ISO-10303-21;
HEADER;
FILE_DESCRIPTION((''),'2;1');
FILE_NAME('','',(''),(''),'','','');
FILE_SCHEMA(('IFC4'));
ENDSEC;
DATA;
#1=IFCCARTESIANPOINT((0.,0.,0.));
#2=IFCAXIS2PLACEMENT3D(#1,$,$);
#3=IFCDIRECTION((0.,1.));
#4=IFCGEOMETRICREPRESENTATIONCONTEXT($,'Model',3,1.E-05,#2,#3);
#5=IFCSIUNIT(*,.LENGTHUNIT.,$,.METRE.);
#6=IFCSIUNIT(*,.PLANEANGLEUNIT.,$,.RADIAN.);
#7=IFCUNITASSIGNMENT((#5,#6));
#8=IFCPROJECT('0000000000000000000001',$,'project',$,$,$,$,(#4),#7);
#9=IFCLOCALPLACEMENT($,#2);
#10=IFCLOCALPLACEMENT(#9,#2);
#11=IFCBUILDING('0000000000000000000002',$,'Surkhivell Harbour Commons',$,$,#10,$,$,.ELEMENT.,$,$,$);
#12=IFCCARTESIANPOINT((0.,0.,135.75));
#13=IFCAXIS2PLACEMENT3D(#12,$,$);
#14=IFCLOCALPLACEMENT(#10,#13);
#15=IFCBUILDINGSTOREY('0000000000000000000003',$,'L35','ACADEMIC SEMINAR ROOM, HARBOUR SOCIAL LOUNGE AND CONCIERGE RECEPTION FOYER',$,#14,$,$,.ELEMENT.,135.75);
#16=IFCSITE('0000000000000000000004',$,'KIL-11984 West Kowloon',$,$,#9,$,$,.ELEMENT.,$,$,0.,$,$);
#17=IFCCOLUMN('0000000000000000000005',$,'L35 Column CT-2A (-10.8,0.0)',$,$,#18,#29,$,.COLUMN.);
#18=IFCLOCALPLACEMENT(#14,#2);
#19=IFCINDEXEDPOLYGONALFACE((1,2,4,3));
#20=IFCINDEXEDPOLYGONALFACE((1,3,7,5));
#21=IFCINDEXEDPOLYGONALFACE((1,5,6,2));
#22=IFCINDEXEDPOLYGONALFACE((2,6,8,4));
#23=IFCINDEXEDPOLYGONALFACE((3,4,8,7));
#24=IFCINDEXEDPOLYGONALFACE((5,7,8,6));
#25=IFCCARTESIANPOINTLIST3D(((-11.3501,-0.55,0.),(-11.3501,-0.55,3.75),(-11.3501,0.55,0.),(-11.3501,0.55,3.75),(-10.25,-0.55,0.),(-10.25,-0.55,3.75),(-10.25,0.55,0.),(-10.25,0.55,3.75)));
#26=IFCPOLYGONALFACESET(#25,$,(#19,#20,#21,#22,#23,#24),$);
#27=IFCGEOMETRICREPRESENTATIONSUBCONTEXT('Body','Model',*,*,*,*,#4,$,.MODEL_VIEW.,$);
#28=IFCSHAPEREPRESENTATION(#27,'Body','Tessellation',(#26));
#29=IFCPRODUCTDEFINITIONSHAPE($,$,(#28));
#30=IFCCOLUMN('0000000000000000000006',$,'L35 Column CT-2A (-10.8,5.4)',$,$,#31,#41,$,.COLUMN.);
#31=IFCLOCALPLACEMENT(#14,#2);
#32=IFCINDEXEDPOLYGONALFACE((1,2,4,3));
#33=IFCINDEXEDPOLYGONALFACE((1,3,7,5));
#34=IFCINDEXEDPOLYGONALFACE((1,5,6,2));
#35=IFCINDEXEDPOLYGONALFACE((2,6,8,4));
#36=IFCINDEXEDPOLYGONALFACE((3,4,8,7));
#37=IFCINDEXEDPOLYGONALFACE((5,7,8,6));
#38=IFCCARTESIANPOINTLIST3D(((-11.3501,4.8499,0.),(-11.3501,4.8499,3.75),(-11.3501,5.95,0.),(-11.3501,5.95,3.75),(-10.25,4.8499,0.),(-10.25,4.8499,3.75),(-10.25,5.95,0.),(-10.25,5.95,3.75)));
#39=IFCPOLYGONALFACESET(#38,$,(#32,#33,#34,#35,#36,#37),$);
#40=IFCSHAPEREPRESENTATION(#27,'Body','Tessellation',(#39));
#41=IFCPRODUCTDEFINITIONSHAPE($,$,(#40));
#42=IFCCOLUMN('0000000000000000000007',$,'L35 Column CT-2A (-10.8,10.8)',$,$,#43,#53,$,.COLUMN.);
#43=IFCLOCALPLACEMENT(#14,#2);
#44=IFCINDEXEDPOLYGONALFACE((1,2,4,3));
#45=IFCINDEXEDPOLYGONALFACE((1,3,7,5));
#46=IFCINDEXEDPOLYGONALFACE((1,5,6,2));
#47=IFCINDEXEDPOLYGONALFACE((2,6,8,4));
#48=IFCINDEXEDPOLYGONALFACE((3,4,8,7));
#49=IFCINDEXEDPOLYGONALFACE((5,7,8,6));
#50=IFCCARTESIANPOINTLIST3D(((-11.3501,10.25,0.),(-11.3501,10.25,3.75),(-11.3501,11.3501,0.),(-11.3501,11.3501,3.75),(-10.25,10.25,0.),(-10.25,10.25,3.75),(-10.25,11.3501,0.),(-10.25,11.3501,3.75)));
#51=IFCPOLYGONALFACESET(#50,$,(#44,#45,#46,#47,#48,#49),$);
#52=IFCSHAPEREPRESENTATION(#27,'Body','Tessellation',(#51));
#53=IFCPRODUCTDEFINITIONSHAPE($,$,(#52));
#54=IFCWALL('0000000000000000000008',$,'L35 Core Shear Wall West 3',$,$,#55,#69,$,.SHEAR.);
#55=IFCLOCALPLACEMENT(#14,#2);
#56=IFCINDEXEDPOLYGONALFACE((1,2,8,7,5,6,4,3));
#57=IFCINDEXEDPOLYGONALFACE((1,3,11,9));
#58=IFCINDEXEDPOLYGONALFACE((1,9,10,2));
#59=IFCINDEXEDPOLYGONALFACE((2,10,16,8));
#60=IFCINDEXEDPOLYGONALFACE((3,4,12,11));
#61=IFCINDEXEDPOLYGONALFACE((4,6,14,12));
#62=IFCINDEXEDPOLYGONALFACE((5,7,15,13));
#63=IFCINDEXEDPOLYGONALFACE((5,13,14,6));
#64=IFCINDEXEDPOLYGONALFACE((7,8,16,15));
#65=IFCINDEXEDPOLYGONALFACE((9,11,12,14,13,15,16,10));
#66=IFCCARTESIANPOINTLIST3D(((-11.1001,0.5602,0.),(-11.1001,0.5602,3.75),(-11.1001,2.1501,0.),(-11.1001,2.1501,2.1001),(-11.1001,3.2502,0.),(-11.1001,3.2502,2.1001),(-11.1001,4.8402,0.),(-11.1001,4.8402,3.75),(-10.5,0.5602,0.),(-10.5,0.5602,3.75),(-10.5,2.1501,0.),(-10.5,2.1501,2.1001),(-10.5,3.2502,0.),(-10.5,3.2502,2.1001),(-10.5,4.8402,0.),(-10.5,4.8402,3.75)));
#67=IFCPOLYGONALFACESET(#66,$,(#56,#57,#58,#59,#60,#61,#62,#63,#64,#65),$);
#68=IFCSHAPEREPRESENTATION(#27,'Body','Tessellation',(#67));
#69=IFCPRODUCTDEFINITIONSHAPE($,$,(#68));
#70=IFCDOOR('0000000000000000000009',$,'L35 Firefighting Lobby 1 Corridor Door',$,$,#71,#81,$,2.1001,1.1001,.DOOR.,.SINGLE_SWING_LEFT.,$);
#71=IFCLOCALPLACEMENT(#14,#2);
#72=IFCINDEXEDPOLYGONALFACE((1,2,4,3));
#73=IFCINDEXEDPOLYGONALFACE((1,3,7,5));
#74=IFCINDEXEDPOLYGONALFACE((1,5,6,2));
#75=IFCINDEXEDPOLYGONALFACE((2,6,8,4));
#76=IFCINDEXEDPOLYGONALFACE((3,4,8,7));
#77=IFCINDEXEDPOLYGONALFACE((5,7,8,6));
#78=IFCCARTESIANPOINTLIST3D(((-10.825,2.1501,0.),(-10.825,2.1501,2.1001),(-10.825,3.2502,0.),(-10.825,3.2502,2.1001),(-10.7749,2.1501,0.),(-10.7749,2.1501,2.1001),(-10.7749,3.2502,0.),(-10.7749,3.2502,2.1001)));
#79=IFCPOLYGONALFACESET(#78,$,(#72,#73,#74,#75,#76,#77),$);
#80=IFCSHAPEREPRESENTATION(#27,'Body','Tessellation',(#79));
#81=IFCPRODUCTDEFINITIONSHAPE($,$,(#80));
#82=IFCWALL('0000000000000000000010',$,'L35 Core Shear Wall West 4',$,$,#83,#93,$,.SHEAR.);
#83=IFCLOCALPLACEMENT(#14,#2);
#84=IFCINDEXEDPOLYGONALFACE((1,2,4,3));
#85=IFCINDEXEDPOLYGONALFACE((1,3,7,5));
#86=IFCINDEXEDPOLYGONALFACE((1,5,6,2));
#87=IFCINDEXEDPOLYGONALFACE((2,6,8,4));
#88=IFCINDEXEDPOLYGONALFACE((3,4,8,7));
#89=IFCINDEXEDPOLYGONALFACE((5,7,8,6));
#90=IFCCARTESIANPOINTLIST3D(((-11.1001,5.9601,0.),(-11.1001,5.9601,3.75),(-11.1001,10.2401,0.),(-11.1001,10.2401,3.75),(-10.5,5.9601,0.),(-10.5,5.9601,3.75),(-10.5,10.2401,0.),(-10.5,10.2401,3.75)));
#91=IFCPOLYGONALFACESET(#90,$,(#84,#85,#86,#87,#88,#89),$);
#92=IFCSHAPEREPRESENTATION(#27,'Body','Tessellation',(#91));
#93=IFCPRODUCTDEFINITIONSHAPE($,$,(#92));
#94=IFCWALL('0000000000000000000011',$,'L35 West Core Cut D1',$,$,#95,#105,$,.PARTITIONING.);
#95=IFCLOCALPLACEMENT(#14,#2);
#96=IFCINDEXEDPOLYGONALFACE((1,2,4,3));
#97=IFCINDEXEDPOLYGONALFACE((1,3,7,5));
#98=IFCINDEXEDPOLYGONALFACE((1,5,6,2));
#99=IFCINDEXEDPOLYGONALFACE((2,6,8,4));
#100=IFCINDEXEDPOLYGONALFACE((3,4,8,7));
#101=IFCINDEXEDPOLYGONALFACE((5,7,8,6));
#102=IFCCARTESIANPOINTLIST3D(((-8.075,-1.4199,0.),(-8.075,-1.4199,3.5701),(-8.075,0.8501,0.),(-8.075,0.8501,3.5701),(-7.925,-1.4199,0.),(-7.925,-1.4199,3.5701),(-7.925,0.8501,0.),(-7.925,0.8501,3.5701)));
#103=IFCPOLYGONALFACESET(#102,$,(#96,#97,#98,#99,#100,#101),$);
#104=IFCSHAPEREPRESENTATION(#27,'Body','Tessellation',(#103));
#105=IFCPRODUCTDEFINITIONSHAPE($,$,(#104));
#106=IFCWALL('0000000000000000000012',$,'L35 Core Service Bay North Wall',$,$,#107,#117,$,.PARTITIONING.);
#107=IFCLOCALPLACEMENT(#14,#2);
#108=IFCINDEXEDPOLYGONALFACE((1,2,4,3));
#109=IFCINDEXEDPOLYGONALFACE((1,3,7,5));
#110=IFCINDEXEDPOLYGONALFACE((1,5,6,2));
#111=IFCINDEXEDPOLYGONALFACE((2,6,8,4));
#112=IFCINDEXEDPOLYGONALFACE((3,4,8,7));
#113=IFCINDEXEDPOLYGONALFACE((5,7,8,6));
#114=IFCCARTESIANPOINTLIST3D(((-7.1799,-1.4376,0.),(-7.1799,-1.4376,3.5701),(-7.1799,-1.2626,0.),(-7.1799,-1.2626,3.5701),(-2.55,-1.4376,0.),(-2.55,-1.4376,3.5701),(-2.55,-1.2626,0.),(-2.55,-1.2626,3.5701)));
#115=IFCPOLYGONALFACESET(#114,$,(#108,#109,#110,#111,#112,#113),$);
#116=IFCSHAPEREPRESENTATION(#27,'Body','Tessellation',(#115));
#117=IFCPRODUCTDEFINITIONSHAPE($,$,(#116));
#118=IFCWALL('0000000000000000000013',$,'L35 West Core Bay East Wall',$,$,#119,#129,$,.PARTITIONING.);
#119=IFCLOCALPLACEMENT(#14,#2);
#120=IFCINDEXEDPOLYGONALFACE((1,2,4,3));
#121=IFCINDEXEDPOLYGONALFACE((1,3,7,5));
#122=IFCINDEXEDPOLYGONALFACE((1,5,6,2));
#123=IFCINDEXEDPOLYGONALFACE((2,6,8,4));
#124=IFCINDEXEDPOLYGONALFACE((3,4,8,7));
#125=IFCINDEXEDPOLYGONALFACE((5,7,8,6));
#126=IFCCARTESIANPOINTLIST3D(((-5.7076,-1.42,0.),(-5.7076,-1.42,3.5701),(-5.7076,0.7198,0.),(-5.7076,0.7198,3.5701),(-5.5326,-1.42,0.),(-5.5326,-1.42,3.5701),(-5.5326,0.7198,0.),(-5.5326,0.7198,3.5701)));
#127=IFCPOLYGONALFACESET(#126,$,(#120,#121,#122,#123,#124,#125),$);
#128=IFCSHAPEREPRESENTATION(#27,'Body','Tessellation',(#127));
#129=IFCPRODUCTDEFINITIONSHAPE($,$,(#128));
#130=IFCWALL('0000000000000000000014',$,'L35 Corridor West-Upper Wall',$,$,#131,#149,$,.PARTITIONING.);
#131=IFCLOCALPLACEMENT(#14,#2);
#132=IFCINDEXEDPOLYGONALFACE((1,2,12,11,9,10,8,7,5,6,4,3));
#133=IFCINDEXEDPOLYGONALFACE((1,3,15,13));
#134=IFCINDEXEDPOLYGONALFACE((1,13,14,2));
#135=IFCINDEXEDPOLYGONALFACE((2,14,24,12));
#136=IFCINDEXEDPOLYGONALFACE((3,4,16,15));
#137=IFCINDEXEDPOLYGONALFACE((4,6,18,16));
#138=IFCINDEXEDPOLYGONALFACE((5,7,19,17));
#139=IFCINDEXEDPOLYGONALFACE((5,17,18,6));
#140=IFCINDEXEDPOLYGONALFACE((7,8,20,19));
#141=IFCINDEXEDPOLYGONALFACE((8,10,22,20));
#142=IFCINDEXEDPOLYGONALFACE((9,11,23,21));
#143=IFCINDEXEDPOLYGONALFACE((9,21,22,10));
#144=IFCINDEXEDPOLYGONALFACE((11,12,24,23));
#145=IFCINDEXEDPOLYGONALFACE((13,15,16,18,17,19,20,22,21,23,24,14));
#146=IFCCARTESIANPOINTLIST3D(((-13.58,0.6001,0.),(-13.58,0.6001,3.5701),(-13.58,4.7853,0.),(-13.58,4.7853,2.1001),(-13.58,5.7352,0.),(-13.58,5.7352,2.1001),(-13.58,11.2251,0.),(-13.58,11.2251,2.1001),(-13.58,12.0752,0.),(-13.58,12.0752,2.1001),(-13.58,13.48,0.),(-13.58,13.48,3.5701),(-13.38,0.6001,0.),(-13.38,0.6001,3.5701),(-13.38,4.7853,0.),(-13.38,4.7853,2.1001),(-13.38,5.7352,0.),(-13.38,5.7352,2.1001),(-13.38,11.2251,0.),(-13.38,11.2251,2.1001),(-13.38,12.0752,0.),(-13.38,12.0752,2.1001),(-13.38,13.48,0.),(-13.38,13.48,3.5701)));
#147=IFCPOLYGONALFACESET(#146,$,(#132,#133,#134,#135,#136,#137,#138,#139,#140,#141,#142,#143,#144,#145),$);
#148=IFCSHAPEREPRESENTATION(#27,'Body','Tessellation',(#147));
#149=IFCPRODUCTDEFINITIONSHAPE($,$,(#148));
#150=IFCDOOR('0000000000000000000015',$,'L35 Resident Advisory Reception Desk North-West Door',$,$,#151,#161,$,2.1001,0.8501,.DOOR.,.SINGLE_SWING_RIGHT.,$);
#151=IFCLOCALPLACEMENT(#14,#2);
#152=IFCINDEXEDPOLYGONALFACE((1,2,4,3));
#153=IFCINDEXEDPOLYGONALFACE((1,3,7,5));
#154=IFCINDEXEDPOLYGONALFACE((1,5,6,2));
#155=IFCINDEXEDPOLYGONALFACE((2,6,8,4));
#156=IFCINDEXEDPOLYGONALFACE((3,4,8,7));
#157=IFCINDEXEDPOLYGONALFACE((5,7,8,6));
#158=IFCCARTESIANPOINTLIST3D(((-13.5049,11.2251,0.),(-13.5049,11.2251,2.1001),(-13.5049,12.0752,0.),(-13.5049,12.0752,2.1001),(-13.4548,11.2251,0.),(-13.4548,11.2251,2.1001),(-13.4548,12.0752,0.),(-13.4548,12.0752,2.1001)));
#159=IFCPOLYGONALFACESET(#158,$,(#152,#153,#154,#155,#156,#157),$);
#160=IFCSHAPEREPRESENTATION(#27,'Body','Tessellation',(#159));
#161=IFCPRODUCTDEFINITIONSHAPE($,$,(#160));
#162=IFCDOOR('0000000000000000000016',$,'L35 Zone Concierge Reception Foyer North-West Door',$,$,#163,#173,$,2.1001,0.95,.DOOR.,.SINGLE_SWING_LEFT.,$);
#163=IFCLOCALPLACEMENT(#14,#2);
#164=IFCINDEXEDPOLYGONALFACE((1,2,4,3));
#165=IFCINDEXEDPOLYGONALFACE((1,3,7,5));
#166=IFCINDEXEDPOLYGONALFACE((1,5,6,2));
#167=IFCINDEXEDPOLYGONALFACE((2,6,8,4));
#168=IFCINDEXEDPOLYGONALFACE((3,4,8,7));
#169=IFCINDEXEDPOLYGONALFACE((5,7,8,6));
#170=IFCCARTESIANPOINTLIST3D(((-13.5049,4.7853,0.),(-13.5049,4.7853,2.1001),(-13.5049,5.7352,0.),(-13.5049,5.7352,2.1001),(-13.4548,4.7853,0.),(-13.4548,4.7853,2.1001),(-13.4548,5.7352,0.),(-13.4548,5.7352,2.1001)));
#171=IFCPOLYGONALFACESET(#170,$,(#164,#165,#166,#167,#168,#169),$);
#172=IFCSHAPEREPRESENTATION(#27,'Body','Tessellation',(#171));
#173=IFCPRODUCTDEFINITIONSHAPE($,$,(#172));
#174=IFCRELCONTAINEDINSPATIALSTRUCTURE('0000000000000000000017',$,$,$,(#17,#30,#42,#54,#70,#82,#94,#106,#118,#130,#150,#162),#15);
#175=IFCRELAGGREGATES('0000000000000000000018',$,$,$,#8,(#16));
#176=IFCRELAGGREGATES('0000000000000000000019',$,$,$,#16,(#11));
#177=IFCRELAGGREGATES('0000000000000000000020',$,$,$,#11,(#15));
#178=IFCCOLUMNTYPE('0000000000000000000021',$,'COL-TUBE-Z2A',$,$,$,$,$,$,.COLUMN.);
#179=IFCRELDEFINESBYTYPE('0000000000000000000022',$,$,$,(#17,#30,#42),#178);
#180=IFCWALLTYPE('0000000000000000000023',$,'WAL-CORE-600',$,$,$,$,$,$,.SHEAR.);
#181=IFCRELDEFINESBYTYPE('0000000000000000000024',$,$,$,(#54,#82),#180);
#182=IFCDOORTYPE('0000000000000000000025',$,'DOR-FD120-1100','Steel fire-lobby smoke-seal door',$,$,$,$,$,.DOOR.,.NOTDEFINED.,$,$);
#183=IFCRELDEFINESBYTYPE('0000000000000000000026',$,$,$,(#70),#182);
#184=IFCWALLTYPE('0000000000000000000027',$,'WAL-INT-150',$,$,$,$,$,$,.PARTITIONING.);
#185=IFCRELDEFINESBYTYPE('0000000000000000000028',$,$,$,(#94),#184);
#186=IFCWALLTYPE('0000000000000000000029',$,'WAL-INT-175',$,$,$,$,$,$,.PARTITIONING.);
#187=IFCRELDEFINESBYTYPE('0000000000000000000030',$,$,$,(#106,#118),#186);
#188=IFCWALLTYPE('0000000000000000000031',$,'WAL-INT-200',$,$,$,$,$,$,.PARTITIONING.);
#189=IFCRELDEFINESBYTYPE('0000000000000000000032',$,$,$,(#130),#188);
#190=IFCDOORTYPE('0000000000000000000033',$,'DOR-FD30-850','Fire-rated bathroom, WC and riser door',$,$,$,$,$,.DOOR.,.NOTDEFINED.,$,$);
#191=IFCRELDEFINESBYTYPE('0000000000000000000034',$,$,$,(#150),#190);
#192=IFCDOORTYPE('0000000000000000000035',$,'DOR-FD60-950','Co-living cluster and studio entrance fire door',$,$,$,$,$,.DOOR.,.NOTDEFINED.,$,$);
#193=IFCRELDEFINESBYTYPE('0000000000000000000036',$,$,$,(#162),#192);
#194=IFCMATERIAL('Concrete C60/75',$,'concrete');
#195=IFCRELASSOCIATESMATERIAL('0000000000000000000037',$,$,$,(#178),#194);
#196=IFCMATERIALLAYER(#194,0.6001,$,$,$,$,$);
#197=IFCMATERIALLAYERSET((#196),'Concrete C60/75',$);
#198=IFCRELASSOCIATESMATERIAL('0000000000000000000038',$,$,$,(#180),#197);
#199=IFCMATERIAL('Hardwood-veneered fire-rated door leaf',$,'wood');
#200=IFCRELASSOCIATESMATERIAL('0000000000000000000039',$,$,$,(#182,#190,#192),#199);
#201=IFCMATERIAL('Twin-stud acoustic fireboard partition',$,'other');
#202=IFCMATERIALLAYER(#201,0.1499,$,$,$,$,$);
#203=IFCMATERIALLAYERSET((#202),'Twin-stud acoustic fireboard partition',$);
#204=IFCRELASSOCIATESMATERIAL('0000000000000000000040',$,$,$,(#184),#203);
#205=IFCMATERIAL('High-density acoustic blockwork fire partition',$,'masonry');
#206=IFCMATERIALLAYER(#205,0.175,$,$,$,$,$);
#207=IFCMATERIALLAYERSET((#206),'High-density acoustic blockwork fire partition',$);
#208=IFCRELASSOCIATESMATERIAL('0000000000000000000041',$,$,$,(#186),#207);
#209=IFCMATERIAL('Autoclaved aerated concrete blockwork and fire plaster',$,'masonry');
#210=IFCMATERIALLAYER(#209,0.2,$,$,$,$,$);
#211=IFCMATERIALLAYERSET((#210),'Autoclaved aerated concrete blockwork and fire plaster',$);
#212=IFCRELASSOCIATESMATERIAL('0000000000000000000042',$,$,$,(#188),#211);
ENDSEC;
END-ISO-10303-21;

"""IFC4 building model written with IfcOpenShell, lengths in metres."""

from ifc_helpers import new_model, si_unit, direction, frame, frame_2d, origin, origin_2d, place, context, subcontext, project, spatial, rectangle, extrude, material, layer, layer_set, material_profile, profile_set, type_object, element, fill, save


model = new_model("IFC4")

# Units and contexts
model_context = context("Model", 3, precision=1e-05, world=origin(), true_north=direction((0.0, 1.0)))
body_context = subcontext(model_context, "Body", "Model", "MODEL_VIEW")
ifc_project = project(units=[si_unit("LENGTHUNIT", "METRE"), si_unit("PLANEANGLEUNIT", "RADIAN")], contexts=[model_context])

# Site, building, storey
site_placement = place(None, origin())
site = spatial("IfcSite", under=ifc_project, at=site_placement, Name="KIL-11984 West Kowloon", CompositionType="ELEMENT", RefElevation=0.0)
building_placement = place(site_placement, origin())
building = spatial("IfcBuilding", under=site, at=building_placement, Name="Surkhivell Harbour Commons", CompositionType="ELEMENT")
storey_placement = place(building_placement, frame((0.0, 0.0, 135.75)))
storey = spatial("IfcBuildingStorey", under=building, at=storey_placement, Name="L35", Description="ACADEMIC SEMINAR ROOM, HARBOUR SOCIAL LOUNGE AND CONCIERGE RECEPTION FOYER", CompositionType="ELEMENT", Elevation=135.75)

# Columns
ifc_material_1 = material(Name="Concrete C60/75", Category="concrete")
ifc_material_profile = material_profile(ifc_material_1, rectangle(XDim=1.1001, YDim=1.1001, at=origin_2d()), Name="RC-COL-1100x1100")
ifc_profile_set = profile_set([ifc_material_profile], Name="Concrete C60/75")
column_type = type_object("IfcColumnType", Name="COL-TUBE-Z2A", PredefinedType="COLUMN", material=ifc_profile_set)
for number, where, z_axis, x_axis, name in (
    (1, (-10.8, 0.0, 0.0), (0.0, 0.0, 1.0), (1.0, 0.0, 0.0), "L35 Column CT-2A (-10.8,0.0)"),
    (2, (-10.8, 5.3999, 0.0), (0.0, 0.0, 1.0), (1.0, 0.0, 0.0), "L35 Column CT-2A (-10.8,5.4)"),
    (3, (-10.8, 10.8, 0.0), (0.0, 0.0, 1.0), (1.0, 0.0, 0.0), "L35 Column CT-2A (-10.8,10.8)"),
):
    element("IfcColumn", number, at=place(storey_placement, frame(where, z_axis=z_axis, x_axis=x_axis)), inside=storey, type_object=column_type, Name=name, PredefinedType="COLUMN", context=body_context, shape_type="SweptSolid", body=[
        extrude(rectangle(XDim=1.1001, YDim=1.1001, at=origin_2d()), origin(), (0.0, 0.0, 1.0), 3.75),
    ])

# Wall, opening, door
ifc_layer_1 = layer(ifc_material_1, 0.6001)
ifc_layer_set_1 = layer_set([ifc_layer_1], Name="Concrete C60/75")
wall_type_1 = type_object("IfcWallType", Name="WAL-CORE-600", PredefinedType="SHEAR", material=ifc_layer_set_1)
wall_1_placement = place(storey_placement, frame((-10.8, 0.5601, 0.0), z_axis=(0.0, 0.0, 1.0), x_axis=(0.0, 1.0, 0.0)))
wall_1 = element("IfcWall", 4, at=wall_1_placement, inside=storey, type_object=wall_type_1, Name="L35 Core Shear Wall West 3", PredefinedType="SHEAR", context=body_context, shape_type="SweptSolid", body=[
    extrude(rectangle(XDim=4.28, YDim=0.6001, at=frame_2d((2.1401, 0.0))), origin(), (0.0, 0.0, 1.0), 3.75),
])
opening_1_placement = place(wall_1_placement, frame((1.5901, 0.0, 0.0)))
opening_1 = element("IfcOpeningElement", 5, at=opening_1_placement, cuts=wall_1, PredefinedType="OPENING", context=body_context, shape_type="SweptSolid", body=[
    extrude(rectangle(XDim=1.1001, YDim=2.1001, at=frame_2d((0.55, 1.05))), frame((0.0, 0.3101, 0.0), z_axis=(0.0, -1.0, 0.0), x_axis=(1.0, 0.0, 0.0)), (0.0, 0.0, 1.0), 0.6201),
])
ifc_material_2 = material(Name="Hardwood-veneered fire-rated door leaf", Category="wood")
door_type_1 = type_object("IfcDoorType", Name="DOR-FD120-1100", Description="Steel fire-lobby smoke-seal door", OperationType="NOTDEFINED", PredefinedType="DOOR", material=ifc_material_2)
door_1_placement = place(opening_1_placement, origin())
door_1 = element("IfcDoor", 6, at=door_1_placement, inside=storey, type_object=door_type_1, Name="L35 Firefighting Lobby 1 Corridor Door", OperationType="SINGLE_SWING_LEFT", OverallHeight=2.1001, OverallWidth=1.1001, PredefinedType="DOOR", context=body_context, shape_type="SweptSolid", body=[
    extrude(rectangle(XDim=1.1001, YDim=2.1001, at=frame_2d((0.55, 1.05))), frame((0.0, 0.0249, 0.0), z_axis=(0.0, -1.0, 0.0), x_axis=(1.0, 0.0, 0.0)), (0.0, 0.0, 1.0), 0.05),
])
fill(opening_1, door_1)

# Walls
wall_2_placement = place(storey_placement, frame((-10.8, 5.96, 0.0), z_axis=(0.0, 0.0, 1.0), x_axis=(0.0, 1.0, 0.0)))
element("IfcWall", 7, at=wall_2_placement, inside=storey, type_object=wall_type_1, Name="L35 Core Shear Wall West 4", PredefinedType="SHEAR", context=body_context, shape_type="SweptSolid", body=[
    extrude(rectangle(XDim=4.28, YDim=0.6001, at=frame_2d((2.1401, 0.0))), origin(), (0.0, 0.0, 1.0), 3.75),
])
ifc_material_3 = material(Name="Twin-stud acoustic fireboard partition", Category="other")
ifc_layer_2 = layer(ifc_material_3, 0.1499)
ifc_layer_set_2 = layer_set([ifc_layer_2], Name="Twin-stud acoustic fireboard partition")
wall_type_2 = type_object("IfcWallType", Name="WAL-INT-150", PredefinedType="PARTITIONING", material=ifc_layer_set_2)
wall_3_placement = place(storey_placement, frame((-8.0, -1.4199, 0.0), z_axis=(0.0, 0.0, 1.0), x_axis=(0.0, 1.0, 0.0)))
element("IfcWall", 8, at=wall_3_placement, inside=storey, type_object=wall_type_2, Name="L35 West Core Cut D1", PredefinedType="PARTITIONING", context=body_context, shape_type="SweptSolid", body=[
    extrude(rectangle(XDim=2.27, YDim=0.1499, at=frame_2d((1.135, 0.0))), origin(), (0.0, 0.0, 1.0), 3.5701),
])
ifc_material_4 = material(Name="High-density acoustic blockwork fire partition", Category="masonry")
ifc_layer_3 = layer(ifc_material_4, 0.175)
ifc_layer_set_3 = layer_set([ifc_layer_3], Name="High-density acoustic blockwork fire partition")
wall_type_3 = type_object("IfcWallType", Name="WAL-INT-175", PredefinedType="PARTITIONING", material=ifc_layer_set_3)
wall_4_placement = place(storey_placement, frame((-7.1799, -1.3501, 0.0), z_axis=(0.0, 0.0, 1.0), x_axis=(1.0, 0.0, 0.0)))
element("IfcWall", 9, at=wall_4_placement, inside=storey, type_object=wall_type_3, Name="L35 Core Service Bay North Wall", PredefinedType="PARTITIONING", context=body_context, shape_type="SweptSolid", body=[
    extrude(rectangle(XDim=4.6299, YDim=0.175, at=frame_2d((2.3149, 0.0))), origin(), (0.0, 0.0, 1.0), 3.5701),
])
wall_5_placement = place(storey_placement, frame((-5.6201, -1.4199, 0.0), z_axis=(0.0, 0.0, 1.0), x_axis=(0.0, 1.0, 0.0)))
element("IfcWall", 10, at=wall_5_placement, inside=storey, type_object=wall_type_3, Name="L35 West Core Bay East Wall", PredefinedType="PARTITIONING", context=body_context, shape_type="SweptSolid", body=[
    extrude(rectangle(XDim=2.1399, YDim=0.175, at=frame_2d((1.0698, 0.0))), origin(), (0.0, 0.0, 1.0), 3.5701),
])

# Wall, openings, doors
ifc_material_5 = material(Name="Autoclaved aerated concrete blockwork and fire plaster", Category="masonry")
ifc_layer_4 = layer(ifc_material_5, 0.2)
ifc_layer_set_4 = layer_set([ifc_layer_4], Name="Autoclaved aerated concrete blockwork and fire plaster")
wall_type_4 = type_object("IfcWallType", Name="WAL-INT-200", PredefinedType="PARTITIONING", material=ifc_layer_set_4)
wall_6_placement = place(storey_placement, frame((-13.48, 0.6001, 0.0), z_axis=(0.0, 0.0, 1.0), x_axis=(0.0, 1.0, 0.0)))
wall_6 = element("IfcWall", 11, at=wall_6_placement, inside=storey, type_object=wall_type_4, Name="L35 Corridor West-Upper Wall", PredefinedType="PARTITIONING", context=body_context, shape_type="SweptSolid", body=[
    extrude(rectangle(XDim=12.8799, YDim=0.2, at=frame_2d((6.4399, 0.0))), origin(), (0.0, 0.0, 1.0), 3.5701),
])
opening_2_placement = place(wall_6_placement, frame((4.1851, 0.0, 0.0)))
opening_2 = element("IfcOpeningElement", 12, at=opening_2_placement, cuts=wall_6, PredefinedType="OPENING", context=body_context, shape_type="SweptSolid", body=[
    extrude(rectangle(XDim=0.95, YDim=2.1001, at=frame_2d((0.4751, 1.05))), frame((0.0, 0.1099, 0.0), z_axis=(0.0, -1.0, 0.0), x_axis=(1.0, 0.0, 0.0)), (0.0, 0.0, 1.0), 0.22),
])
opening_3_placement = place(wall_6_placement, frame((10.625, 0.0, 0.0)))
opening_3 = element("IfcOpeningElement", 13, at=opening_3_placement, cuts=wall_6, PredefinedType="OPENING", context=body_context, shape_type="SweptSolid", body=[
    extrude(rectangle(XDim=0.8501, YDim=2.1001, at=frame_2d((0.425, 1.05))), frame((0.0, 0.1099, 0.0), z_axis=(0.0, -1.0, 0.0), x_axis=(1.0, 0.0, 0.0)), (0.0, 0.0, 1.0), 0.22),
])
door_type_2 = type_object("IfcDoorType", Name="DOR-FD30-850", Description="Fire-rated bathroom, WC and riser door", OperationType="NOTDEFINED", PredefinedType="DOOR", material=ifc_material_2)
door_2_placement = place(opening_3_placement, origin())
door_2 = element("IfcDoor", 14, at=door_2_placement, inside=storey, type_object=door_type_2, Name="L35 Resident Advisory Reception Desk North-West Door", OperationType="SINGLE_SWING_RIGHT", OverallHeight=2.1001, OverallWidth=0.8501, PredefinedType="DOOR", context=body_context, shape_type="SweptSolid", body=[
    extrude(rectangle(XDim=0.8501, YDim=2.1001, at=frame_2d((0.425, 1.05))), frame((0.0, 0.0249, 0.0), z_axis=(0.0, -1.0, 0.0), x_axis=(1.0, 0.0, 0.0)), (0.0, 0.0, 1.0), 0.05),
])
fill(opening_3, door_2)
door_type_3 = type_object("IfcDoorType", Name="DOR-FD60-950", Description="Co-living cluster and studio entrance fire door", OperationType="NOTDEFINED", PredefinedType="DOOR", material=ifc_material_2)
door_3_placement = place(opening_2_placement, origin())
door_3 = element("IfcDoor", 15, at=door_3_placement, inside=storey, type_object=door_type_3, Name="L35 Zone Concierge Reception Foyer North-West Door", OperationType="SINGLE_SWING_LEFT", OverallHeight=2.1001, OverallWidth=0.95, PredefinedType="DOOR", context=body_context, shape_type="SweptSolid", body=[
    extrude(rectangle(XDim=0.95, YDim=2.1001, at=frame_2d((0.4751, 1.05))), frame((0.0, 0.0249, 0.0), z_axis=(0.0, -1.0, 0.0), x_axis=(1.0, 0.0, 0.0)), (0.0, 0.0, 1.0), 0.05),
])
fill(opening_2, door_3)

save(model, "model.ifc")
